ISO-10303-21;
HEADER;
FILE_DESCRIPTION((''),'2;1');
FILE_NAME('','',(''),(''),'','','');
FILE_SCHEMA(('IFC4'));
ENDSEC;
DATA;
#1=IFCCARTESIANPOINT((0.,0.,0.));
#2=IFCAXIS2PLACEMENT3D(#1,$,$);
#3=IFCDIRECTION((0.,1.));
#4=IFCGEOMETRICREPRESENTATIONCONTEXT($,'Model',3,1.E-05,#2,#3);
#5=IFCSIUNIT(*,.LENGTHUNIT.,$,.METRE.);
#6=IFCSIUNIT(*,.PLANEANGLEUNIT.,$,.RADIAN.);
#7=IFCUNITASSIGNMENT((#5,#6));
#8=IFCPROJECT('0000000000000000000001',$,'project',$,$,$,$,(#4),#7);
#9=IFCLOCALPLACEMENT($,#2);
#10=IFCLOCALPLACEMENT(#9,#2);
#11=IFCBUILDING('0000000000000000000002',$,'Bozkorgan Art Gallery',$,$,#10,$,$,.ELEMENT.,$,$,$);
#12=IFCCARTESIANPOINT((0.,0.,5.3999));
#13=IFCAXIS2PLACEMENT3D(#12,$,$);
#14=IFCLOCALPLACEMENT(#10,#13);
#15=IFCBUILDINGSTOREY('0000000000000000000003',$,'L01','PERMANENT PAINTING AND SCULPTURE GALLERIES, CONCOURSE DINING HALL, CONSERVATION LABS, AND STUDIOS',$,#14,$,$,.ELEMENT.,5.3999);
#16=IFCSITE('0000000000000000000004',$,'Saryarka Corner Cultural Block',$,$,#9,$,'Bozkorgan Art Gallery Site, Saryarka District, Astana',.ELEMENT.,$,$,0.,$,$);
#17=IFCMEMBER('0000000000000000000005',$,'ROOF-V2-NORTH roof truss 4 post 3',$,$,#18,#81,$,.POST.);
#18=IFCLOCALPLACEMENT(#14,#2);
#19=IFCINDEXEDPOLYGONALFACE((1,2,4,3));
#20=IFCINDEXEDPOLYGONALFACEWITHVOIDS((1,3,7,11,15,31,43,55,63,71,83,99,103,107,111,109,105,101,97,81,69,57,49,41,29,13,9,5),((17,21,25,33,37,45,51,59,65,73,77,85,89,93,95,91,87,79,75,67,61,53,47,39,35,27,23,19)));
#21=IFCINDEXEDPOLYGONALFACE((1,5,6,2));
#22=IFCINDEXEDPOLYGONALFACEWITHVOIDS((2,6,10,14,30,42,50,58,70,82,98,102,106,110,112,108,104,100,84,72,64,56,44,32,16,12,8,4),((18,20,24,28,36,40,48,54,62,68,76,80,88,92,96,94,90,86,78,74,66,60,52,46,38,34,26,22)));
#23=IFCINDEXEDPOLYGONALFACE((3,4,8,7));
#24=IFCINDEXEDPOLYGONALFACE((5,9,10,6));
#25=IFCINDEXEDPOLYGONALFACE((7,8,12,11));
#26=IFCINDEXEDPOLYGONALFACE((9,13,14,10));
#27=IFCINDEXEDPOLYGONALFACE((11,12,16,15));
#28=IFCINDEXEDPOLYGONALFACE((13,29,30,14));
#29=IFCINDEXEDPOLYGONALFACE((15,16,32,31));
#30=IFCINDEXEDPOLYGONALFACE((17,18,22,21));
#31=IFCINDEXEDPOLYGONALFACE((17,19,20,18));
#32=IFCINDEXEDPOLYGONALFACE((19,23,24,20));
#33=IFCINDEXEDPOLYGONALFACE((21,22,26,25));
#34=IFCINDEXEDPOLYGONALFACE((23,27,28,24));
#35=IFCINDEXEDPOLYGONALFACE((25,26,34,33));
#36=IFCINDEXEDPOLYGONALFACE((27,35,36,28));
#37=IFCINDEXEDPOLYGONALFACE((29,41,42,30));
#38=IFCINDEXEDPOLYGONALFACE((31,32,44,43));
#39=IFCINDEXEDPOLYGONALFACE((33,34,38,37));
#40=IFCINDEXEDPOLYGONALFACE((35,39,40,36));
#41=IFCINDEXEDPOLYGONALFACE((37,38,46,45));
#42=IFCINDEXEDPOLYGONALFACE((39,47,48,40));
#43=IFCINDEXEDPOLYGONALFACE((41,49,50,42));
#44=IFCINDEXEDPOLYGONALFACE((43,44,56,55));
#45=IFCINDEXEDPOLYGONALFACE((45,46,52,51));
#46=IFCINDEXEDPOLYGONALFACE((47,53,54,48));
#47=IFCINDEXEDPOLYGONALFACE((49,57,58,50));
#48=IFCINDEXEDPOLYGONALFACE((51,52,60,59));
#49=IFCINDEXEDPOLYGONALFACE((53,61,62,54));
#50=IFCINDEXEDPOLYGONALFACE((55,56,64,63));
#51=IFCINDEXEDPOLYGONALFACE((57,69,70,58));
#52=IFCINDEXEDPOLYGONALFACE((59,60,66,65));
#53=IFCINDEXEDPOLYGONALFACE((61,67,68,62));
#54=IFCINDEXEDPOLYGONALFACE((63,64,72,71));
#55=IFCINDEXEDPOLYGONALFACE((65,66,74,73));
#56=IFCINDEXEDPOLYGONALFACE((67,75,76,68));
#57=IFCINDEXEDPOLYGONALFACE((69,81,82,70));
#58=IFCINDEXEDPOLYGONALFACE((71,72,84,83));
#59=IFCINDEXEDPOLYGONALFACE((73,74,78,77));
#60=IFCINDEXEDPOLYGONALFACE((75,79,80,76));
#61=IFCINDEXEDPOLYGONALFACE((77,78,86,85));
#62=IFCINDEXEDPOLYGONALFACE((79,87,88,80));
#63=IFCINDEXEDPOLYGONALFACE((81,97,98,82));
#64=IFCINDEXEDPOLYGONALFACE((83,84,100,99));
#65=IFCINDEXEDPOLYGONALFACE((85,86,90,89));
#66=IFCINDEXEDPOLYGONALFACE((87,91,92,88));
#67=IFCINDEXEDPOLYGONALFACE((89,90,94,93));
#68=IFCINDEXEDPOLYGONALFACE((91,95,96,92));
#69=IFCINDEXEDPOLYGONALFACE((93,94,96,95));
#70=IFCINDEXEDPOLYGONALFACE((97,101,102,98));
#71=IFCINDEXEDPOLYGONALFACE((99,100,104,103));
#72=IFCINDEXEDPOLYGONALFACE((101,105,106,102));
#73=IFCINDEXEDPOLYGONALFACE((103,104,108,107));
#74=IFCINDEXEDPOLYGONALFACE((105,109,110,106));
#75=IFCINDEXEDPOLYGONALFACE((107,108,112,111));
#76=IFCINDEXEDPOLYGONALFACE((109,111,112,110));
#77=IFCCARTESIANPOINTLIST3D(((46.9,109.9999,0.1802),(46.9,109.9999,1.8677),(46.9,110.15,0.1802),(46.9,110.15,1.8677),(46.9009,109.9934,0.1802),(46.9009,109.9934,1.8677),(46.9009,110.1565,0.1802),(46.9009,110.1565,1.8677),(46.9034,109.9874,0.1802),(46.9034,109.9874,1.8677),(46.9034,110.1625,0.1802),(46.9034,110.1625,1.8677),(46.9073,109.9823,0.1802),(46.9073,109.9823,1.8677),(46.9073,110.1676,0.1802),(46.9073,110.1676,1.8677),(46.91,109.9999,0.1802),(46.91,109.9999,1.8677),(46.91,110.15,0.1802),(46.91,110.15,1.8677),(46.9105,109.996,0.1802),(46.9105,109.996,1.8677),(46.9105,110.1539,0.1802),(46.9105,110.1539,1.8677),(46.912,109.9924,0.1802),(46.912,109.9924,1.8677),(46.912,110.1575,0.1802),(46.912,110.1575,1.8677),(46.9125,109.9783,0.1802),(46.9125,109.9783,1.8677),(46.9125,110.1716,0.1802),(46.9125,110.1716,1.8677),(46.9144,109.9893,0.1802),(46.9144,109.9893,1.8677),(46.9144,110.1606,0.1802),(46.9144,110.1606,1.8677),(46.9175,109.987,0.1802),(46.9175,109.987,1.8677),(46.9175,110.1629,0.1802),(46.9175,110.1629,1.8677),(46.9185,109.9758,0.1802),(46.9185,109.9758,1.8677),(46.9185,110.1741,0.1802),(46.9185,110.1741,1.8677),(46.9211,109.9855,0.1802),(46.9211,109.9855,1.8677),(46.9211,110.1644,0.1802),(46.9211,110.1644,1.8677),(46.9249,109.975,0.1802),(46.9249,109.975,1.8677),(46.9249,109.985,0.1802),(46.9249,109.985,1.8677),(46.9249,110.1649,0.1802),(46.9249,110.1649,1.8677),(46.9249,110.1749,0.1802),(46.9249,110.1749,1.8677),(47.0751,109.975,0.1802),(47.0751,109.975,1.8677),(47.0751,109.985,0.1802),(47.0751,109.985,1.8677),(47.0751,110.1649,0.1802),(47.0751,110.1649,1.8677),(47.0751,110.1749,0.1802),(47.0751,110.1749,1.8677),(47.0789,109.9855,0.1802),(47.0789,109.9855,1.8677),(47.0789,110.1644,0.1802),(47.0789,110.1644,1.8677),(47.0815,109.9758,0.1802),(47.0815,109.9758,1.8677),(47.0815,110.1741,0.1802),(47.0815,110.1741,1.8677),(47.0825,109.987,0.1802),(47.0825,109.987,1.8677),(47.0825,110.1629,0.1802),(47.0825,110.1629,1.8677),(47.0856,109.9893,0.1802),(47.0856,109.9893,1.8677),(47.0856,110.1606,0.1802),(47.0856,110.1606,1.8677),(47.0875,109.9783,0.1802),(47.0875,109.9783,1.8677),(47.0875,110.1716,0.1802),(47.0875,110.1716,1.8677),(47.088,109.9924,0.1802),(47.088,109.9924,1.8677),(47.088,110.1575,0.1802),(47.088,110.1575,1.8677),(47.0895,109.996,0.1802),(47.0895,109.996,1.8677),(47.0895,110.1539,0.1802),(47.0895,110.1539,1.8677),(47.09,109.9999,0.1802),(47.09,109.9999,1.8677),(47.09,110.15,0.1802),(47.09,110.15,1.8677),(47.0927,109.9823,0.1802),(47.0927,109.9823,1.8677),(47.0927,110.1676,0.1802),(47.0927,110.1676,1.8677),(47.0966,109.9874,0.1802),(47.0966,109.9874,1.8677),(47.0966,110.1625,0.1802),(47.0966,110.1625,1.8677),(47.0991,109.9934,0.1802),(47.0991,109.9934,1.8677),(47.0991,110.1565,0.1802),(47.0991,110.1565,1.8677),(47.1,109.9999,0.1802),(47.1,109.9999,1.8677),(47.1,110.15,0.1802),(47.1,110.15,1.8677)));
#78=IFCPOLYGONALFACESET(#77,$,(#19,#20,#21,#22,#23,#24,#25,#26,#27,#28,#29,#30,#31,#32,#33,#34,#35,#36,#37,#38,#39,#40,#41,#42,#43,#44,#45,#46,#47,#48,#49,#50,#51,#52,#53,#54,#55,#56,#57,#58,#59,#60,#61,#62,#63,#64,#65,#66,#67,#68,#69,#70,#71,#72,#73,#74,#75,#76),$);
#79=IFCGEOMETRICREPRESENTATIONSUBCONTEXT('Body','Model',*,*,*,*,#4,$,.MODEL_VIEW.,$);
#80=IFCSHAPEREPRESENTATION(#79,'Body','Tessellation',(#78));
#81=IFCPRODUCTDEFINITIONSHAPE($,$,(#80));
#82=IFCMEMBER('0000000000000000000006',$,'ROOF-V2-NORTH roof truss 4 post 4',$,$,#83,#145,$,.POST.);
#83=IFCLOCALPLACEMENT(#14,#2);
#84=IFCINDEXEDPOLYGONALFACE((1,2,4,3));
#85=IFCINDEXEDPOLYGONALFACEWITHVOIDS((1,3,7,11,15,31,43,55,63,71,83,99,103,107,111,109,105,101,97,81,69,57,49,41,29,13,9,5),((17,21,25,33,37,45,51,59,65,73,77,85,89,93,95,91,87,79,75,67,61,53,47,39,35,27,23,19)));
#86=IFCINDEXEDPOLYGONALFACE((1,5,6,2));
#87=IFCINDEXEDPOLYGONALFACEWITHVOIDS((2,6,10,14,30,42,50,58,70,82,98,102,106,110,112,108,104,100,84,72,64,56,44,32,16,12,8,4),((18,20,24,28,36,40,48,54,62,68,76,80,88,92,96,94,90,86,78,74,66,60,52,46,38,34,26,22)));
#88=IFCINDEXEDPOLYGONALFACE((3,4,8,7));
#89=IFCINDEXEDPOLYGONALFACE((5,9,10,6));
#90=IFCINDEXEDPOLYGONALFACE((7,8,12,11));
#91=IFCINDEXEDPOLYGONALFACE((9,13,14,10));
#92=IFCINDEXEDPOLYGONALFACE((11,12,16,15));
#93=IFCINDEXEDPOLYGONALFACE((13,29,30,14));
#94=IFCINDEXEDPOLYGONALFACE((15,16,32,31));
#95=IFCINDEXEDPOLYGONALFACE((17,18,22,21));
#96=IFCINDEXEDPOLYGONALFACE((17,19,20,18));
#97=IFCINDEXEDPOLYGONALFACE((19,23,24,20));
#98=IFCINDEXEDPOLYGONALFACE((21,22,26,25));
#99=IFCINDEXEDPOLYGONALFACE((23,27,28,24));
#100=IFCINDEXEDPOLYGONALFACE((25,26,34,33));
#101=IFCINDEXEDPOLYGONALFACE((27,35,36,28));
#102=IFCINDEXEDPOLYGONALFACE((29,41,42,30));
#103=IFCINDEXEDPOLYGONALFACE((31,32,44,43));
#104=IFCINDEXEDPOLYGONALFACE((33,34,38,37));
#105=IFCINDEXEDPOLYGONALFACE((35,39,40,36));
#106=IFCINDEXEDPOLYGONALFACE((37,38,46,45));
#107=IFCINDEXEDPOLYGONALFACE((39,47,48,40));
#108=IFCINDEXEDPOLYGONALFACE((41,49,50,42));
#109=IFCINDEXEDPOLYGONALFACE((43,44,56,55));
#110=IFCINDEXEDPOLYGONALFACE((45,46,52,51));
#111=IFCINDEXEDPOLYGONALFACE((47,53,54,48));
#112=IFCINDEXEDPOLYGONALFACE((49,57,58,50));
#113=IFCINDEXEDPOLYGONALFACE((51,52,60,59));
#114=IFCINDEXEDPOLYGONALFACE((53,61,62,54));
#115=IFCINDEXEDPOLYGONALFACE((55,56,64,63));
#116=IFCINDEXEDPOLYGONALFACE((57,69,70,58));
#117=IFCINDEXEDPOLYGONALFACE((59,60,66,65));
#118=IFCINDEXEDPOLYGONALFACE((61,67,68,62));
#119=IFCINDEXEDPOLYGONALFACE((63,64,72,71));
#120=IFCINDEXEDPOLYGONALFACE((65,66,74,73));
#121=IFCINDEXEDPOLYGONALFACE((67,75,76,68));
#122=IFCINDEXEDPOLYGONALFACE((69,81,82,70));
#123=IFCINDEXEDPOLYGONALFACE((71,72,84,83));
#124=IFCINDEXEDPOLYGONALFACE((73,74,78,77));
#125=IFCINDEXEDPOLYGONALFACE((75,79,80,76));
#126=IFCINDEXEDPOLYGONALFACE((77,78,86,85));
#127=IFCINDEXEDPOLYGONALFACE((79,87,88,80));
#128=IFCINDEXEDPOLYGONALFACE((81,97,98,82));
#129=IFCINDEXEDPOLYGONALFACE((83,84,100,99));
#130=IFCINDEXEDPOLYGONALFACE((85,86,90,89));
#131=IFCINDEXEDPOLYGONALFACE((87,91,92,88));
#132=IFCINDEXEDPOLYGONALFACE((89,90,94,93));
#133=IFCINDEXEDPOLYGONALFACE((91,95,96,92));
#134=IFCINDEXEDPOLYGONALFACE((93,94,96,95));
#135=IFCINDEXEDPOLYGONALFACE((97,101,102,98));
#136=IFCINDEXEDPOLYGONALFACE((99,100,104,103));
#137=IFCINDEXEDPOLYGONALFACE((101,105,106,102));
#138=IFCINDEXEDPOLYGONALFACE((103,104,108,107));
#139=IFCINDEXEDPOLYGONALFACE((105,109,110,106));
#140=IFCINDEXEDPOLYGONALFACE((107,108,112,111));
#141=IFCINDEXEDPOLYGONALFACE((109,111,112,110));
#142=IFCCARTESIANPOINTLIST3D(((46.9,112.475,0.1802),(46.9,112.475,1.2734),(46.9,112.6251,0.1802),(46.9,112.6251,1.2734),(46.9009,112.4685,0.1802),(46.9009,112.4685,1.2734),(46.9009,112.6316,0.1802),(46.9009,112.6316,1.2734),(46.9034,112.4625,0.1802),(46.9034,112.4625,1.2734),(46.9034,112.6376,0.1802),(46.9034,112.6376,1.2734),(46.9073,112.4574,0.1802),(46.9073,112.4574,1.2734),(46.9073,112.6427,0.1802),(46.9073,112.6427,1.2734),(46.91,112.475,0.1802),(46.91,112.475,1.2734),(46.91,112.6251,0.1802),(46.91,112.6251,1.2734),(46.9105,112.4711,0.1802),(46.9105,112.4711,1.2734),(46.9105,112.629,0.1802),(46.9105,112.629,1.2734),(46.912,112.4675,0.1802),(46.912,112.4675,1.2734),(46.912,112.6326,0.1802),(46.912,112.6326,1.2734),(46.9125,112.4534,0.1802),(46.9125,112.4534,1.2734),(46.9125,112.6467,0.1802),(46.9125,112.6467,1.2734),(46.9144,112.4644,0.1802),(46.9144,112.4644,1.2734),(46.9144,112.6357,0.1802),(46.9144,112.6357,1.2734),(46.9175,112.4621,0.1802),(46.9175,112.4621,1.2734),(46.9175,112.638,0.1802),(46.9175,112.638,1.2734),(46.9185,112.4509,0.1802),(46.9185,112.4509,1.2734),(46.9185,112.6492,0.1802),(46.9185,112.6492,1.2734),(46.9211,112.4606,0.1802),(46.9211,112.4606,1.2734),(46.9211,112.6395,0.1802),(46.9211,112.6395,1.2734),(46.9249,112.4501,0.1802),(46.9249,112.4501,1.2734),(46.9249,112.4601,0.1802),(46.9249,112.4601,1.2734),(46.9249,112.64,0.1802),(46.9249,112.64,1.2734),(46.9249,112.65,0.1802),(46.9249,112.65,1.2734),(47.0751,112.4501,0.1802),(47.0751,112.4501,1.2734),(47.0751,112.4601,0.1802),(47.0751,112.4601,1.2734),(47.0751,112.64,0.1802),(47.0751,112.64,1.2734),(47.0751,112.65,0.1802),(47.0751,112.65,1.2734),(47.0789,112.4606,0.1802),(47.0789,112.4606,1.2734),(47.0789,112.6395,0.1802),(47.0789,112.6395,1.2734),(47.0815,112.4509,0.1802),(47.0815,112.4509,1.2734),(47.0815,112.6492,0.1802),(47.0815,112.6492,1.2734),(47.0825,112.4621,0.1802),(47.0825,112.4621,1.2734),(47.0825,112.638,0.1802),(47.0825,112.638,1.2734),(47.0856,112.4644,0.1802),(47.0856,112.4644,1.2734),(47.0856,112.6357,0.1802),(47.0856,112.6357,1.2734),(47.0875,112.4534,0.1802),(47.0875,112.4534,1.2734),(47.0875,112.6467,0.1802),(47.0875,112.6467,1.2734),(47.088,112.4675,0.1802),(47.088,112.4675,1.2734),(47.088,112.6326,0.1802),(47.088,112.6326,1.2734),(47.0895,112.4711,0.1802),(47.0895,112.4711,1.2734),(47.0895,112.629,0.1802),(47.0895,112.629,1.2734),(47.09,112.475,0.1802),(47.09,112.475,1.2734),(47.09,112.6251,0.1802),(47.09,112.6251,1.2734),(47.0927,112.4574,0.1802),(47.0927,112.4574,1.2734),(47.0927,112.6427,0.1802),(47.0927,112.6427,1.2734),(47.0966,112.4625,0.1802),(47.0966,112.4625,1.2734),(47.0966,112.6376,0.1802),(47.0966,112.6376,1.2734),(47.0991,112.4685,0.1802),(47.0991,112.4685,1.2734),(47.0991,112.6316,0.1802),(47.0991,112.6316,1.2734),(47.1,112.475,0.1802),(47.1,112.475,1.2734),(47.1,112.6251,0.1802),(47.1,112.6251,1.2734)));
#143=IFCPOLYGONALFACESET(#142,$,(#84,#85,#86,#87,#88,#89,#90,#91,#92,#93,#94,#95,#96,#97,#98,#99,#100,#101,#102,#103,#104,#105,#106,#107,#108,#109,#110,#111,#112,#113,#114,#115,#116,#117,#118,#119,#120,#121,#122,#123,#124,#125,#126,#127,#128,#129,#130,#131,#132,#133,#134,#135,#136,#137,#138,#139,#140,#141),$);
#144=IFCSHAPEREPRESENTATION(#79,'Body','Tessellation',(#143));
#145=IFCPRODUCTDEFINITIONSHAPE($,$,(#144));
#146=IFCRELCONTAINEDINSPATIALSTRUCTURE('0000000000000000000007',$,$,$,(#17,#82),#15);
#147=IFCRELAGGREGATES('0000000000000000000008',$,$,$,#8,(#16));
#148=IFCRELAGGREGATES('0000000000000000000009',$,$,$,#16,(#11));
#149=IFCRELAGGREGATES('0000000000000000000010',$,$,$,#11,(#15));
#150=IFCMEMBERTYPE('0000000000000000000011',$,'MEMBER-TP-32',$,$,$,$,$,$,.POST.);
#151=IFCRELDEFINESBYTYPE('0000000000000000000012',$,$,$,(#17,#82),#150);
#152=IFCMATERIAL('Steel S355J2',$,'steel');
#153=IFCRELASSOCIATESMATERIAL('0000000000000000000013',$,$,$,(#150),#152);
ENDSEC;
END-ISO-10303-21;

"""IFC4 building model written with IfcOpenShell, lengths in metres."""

from ifc_helpers import new_model, si_unit, direction, frame, origin, origin_2d, place, context, subcontext, project, spatial, hollow_rectangle, extrude, material, material_profile, profile_set, type_object, element, save


model = new_model("IFC4")

# Units and contexts
model_context = context("Model", 3, precision=1e-05, world=origin(), true_north=direction((0.0, 1.0)))
body_context = subcontext(model_context, "Body", "Model", "MODEL_VIEW")
ifc_project = project(units=[si_unit("LENGTHUNIT", "METRE"), si_unit("PLANEANGLEUNIT", "RADIAN")], contexts=[model_context])

# Site, building, storey
site_placement = place(None, origin())
site = spatial("IfcSite", under=ifc_project, at=site_placement, Name="Saryarka Corner Cultural Block", LongName="Bozkorgan Art Gallery Site, Saryarka District, Astana", CompositionType="ELEMENT", RefElevation=0.0)
building_placement = place(site_placement, origin())
building = spatial("IfcBuilding", under=site, at=building_placement, Name="Bozkorgan Art Gallery", CompositionType="ELEMENT")
storey_placement = place(building_placement, frame((0.0, 0.0, 5.3999)))
storey = spatial("IfcBuildingStorey", under=building, at=storey_placement, Name="L01", Description="PERMANENT PAINTING AND SCULPTURE GALLERIES, CONCOURSE DINING HALL, CONSERVATION LABS, AND STUDIOS", CompositionType="ELEMENT", Elevation=5.3999)

# Members
ifc_material_1 = material(Name="Steel S355J2", Category="steel")
ifc_material_profile_1 = material_profile(ifc_material_1, hollow_rectangle(XDim=0.2, YDim=0.2, WallThickness=0.01, InnerFilletRadius=0.0149, OuterFilletRadius=0.0249, at=origin_2d()), Name="SHS 200x200x10")
ifc_profile_set_1 = profile_set([ifc_material_profile_1], Name="Steel S355J2")
member_type_1 = type_object("IfcMemberType", Name="MEMBER-TP-32", PredefinedType="POST", material=ifc_profile_set_1)
member_1_placement = place(storey_placement, frame((47.0, 110.075, 0.1802), z_axis=(0.0, 0.0, 1.0), x_axis=(1.0, 0.0, 0.0)))
element("IfcMember", 1, at=member_1_placement, inside=storey, type_object=member_type_1, Name="ROOF-V2-NORTH roof truss 4 post 3", PredefinedType="POST", context=body_context, shape_type="SweptSolid", body=[
    extrude(hollow_rectangle(XDim=0.2, YDim=0.2, WallThickness=0.01, InnerFilletRadius=0.0149, OuterFilletRadius=0.0249, at=origin_2d()), origin(), (0.0, 0.0, 1.0), 1.6875),
])
member_2_placement = place(storey_placement, frame((47.0, 112.55, 0.1802), z_axis=(0.0, 0.0, 1.0), x_axis=(1.0, 0.0, 0.0)))
element("IfcMember", 2, at=member_2_placement, inside=storey, type_object=member_type_1, Name="ROOF-V2-NORTH roof truss 4 post 4", PredefinedType="POST", context=body_context, shape_type="SweptSolid", body=[
    extrude(hollow_rectangle(XDim=0.2, YDim=0.2, WallThickness=0.01, InnerFilletRadius=0.0149, OuterFilletRadius=0.0249, at=origin_2d()), origin(), (0.0, 0.0, 1.0), 1.0933),
])

save(model, "model.ifc")
